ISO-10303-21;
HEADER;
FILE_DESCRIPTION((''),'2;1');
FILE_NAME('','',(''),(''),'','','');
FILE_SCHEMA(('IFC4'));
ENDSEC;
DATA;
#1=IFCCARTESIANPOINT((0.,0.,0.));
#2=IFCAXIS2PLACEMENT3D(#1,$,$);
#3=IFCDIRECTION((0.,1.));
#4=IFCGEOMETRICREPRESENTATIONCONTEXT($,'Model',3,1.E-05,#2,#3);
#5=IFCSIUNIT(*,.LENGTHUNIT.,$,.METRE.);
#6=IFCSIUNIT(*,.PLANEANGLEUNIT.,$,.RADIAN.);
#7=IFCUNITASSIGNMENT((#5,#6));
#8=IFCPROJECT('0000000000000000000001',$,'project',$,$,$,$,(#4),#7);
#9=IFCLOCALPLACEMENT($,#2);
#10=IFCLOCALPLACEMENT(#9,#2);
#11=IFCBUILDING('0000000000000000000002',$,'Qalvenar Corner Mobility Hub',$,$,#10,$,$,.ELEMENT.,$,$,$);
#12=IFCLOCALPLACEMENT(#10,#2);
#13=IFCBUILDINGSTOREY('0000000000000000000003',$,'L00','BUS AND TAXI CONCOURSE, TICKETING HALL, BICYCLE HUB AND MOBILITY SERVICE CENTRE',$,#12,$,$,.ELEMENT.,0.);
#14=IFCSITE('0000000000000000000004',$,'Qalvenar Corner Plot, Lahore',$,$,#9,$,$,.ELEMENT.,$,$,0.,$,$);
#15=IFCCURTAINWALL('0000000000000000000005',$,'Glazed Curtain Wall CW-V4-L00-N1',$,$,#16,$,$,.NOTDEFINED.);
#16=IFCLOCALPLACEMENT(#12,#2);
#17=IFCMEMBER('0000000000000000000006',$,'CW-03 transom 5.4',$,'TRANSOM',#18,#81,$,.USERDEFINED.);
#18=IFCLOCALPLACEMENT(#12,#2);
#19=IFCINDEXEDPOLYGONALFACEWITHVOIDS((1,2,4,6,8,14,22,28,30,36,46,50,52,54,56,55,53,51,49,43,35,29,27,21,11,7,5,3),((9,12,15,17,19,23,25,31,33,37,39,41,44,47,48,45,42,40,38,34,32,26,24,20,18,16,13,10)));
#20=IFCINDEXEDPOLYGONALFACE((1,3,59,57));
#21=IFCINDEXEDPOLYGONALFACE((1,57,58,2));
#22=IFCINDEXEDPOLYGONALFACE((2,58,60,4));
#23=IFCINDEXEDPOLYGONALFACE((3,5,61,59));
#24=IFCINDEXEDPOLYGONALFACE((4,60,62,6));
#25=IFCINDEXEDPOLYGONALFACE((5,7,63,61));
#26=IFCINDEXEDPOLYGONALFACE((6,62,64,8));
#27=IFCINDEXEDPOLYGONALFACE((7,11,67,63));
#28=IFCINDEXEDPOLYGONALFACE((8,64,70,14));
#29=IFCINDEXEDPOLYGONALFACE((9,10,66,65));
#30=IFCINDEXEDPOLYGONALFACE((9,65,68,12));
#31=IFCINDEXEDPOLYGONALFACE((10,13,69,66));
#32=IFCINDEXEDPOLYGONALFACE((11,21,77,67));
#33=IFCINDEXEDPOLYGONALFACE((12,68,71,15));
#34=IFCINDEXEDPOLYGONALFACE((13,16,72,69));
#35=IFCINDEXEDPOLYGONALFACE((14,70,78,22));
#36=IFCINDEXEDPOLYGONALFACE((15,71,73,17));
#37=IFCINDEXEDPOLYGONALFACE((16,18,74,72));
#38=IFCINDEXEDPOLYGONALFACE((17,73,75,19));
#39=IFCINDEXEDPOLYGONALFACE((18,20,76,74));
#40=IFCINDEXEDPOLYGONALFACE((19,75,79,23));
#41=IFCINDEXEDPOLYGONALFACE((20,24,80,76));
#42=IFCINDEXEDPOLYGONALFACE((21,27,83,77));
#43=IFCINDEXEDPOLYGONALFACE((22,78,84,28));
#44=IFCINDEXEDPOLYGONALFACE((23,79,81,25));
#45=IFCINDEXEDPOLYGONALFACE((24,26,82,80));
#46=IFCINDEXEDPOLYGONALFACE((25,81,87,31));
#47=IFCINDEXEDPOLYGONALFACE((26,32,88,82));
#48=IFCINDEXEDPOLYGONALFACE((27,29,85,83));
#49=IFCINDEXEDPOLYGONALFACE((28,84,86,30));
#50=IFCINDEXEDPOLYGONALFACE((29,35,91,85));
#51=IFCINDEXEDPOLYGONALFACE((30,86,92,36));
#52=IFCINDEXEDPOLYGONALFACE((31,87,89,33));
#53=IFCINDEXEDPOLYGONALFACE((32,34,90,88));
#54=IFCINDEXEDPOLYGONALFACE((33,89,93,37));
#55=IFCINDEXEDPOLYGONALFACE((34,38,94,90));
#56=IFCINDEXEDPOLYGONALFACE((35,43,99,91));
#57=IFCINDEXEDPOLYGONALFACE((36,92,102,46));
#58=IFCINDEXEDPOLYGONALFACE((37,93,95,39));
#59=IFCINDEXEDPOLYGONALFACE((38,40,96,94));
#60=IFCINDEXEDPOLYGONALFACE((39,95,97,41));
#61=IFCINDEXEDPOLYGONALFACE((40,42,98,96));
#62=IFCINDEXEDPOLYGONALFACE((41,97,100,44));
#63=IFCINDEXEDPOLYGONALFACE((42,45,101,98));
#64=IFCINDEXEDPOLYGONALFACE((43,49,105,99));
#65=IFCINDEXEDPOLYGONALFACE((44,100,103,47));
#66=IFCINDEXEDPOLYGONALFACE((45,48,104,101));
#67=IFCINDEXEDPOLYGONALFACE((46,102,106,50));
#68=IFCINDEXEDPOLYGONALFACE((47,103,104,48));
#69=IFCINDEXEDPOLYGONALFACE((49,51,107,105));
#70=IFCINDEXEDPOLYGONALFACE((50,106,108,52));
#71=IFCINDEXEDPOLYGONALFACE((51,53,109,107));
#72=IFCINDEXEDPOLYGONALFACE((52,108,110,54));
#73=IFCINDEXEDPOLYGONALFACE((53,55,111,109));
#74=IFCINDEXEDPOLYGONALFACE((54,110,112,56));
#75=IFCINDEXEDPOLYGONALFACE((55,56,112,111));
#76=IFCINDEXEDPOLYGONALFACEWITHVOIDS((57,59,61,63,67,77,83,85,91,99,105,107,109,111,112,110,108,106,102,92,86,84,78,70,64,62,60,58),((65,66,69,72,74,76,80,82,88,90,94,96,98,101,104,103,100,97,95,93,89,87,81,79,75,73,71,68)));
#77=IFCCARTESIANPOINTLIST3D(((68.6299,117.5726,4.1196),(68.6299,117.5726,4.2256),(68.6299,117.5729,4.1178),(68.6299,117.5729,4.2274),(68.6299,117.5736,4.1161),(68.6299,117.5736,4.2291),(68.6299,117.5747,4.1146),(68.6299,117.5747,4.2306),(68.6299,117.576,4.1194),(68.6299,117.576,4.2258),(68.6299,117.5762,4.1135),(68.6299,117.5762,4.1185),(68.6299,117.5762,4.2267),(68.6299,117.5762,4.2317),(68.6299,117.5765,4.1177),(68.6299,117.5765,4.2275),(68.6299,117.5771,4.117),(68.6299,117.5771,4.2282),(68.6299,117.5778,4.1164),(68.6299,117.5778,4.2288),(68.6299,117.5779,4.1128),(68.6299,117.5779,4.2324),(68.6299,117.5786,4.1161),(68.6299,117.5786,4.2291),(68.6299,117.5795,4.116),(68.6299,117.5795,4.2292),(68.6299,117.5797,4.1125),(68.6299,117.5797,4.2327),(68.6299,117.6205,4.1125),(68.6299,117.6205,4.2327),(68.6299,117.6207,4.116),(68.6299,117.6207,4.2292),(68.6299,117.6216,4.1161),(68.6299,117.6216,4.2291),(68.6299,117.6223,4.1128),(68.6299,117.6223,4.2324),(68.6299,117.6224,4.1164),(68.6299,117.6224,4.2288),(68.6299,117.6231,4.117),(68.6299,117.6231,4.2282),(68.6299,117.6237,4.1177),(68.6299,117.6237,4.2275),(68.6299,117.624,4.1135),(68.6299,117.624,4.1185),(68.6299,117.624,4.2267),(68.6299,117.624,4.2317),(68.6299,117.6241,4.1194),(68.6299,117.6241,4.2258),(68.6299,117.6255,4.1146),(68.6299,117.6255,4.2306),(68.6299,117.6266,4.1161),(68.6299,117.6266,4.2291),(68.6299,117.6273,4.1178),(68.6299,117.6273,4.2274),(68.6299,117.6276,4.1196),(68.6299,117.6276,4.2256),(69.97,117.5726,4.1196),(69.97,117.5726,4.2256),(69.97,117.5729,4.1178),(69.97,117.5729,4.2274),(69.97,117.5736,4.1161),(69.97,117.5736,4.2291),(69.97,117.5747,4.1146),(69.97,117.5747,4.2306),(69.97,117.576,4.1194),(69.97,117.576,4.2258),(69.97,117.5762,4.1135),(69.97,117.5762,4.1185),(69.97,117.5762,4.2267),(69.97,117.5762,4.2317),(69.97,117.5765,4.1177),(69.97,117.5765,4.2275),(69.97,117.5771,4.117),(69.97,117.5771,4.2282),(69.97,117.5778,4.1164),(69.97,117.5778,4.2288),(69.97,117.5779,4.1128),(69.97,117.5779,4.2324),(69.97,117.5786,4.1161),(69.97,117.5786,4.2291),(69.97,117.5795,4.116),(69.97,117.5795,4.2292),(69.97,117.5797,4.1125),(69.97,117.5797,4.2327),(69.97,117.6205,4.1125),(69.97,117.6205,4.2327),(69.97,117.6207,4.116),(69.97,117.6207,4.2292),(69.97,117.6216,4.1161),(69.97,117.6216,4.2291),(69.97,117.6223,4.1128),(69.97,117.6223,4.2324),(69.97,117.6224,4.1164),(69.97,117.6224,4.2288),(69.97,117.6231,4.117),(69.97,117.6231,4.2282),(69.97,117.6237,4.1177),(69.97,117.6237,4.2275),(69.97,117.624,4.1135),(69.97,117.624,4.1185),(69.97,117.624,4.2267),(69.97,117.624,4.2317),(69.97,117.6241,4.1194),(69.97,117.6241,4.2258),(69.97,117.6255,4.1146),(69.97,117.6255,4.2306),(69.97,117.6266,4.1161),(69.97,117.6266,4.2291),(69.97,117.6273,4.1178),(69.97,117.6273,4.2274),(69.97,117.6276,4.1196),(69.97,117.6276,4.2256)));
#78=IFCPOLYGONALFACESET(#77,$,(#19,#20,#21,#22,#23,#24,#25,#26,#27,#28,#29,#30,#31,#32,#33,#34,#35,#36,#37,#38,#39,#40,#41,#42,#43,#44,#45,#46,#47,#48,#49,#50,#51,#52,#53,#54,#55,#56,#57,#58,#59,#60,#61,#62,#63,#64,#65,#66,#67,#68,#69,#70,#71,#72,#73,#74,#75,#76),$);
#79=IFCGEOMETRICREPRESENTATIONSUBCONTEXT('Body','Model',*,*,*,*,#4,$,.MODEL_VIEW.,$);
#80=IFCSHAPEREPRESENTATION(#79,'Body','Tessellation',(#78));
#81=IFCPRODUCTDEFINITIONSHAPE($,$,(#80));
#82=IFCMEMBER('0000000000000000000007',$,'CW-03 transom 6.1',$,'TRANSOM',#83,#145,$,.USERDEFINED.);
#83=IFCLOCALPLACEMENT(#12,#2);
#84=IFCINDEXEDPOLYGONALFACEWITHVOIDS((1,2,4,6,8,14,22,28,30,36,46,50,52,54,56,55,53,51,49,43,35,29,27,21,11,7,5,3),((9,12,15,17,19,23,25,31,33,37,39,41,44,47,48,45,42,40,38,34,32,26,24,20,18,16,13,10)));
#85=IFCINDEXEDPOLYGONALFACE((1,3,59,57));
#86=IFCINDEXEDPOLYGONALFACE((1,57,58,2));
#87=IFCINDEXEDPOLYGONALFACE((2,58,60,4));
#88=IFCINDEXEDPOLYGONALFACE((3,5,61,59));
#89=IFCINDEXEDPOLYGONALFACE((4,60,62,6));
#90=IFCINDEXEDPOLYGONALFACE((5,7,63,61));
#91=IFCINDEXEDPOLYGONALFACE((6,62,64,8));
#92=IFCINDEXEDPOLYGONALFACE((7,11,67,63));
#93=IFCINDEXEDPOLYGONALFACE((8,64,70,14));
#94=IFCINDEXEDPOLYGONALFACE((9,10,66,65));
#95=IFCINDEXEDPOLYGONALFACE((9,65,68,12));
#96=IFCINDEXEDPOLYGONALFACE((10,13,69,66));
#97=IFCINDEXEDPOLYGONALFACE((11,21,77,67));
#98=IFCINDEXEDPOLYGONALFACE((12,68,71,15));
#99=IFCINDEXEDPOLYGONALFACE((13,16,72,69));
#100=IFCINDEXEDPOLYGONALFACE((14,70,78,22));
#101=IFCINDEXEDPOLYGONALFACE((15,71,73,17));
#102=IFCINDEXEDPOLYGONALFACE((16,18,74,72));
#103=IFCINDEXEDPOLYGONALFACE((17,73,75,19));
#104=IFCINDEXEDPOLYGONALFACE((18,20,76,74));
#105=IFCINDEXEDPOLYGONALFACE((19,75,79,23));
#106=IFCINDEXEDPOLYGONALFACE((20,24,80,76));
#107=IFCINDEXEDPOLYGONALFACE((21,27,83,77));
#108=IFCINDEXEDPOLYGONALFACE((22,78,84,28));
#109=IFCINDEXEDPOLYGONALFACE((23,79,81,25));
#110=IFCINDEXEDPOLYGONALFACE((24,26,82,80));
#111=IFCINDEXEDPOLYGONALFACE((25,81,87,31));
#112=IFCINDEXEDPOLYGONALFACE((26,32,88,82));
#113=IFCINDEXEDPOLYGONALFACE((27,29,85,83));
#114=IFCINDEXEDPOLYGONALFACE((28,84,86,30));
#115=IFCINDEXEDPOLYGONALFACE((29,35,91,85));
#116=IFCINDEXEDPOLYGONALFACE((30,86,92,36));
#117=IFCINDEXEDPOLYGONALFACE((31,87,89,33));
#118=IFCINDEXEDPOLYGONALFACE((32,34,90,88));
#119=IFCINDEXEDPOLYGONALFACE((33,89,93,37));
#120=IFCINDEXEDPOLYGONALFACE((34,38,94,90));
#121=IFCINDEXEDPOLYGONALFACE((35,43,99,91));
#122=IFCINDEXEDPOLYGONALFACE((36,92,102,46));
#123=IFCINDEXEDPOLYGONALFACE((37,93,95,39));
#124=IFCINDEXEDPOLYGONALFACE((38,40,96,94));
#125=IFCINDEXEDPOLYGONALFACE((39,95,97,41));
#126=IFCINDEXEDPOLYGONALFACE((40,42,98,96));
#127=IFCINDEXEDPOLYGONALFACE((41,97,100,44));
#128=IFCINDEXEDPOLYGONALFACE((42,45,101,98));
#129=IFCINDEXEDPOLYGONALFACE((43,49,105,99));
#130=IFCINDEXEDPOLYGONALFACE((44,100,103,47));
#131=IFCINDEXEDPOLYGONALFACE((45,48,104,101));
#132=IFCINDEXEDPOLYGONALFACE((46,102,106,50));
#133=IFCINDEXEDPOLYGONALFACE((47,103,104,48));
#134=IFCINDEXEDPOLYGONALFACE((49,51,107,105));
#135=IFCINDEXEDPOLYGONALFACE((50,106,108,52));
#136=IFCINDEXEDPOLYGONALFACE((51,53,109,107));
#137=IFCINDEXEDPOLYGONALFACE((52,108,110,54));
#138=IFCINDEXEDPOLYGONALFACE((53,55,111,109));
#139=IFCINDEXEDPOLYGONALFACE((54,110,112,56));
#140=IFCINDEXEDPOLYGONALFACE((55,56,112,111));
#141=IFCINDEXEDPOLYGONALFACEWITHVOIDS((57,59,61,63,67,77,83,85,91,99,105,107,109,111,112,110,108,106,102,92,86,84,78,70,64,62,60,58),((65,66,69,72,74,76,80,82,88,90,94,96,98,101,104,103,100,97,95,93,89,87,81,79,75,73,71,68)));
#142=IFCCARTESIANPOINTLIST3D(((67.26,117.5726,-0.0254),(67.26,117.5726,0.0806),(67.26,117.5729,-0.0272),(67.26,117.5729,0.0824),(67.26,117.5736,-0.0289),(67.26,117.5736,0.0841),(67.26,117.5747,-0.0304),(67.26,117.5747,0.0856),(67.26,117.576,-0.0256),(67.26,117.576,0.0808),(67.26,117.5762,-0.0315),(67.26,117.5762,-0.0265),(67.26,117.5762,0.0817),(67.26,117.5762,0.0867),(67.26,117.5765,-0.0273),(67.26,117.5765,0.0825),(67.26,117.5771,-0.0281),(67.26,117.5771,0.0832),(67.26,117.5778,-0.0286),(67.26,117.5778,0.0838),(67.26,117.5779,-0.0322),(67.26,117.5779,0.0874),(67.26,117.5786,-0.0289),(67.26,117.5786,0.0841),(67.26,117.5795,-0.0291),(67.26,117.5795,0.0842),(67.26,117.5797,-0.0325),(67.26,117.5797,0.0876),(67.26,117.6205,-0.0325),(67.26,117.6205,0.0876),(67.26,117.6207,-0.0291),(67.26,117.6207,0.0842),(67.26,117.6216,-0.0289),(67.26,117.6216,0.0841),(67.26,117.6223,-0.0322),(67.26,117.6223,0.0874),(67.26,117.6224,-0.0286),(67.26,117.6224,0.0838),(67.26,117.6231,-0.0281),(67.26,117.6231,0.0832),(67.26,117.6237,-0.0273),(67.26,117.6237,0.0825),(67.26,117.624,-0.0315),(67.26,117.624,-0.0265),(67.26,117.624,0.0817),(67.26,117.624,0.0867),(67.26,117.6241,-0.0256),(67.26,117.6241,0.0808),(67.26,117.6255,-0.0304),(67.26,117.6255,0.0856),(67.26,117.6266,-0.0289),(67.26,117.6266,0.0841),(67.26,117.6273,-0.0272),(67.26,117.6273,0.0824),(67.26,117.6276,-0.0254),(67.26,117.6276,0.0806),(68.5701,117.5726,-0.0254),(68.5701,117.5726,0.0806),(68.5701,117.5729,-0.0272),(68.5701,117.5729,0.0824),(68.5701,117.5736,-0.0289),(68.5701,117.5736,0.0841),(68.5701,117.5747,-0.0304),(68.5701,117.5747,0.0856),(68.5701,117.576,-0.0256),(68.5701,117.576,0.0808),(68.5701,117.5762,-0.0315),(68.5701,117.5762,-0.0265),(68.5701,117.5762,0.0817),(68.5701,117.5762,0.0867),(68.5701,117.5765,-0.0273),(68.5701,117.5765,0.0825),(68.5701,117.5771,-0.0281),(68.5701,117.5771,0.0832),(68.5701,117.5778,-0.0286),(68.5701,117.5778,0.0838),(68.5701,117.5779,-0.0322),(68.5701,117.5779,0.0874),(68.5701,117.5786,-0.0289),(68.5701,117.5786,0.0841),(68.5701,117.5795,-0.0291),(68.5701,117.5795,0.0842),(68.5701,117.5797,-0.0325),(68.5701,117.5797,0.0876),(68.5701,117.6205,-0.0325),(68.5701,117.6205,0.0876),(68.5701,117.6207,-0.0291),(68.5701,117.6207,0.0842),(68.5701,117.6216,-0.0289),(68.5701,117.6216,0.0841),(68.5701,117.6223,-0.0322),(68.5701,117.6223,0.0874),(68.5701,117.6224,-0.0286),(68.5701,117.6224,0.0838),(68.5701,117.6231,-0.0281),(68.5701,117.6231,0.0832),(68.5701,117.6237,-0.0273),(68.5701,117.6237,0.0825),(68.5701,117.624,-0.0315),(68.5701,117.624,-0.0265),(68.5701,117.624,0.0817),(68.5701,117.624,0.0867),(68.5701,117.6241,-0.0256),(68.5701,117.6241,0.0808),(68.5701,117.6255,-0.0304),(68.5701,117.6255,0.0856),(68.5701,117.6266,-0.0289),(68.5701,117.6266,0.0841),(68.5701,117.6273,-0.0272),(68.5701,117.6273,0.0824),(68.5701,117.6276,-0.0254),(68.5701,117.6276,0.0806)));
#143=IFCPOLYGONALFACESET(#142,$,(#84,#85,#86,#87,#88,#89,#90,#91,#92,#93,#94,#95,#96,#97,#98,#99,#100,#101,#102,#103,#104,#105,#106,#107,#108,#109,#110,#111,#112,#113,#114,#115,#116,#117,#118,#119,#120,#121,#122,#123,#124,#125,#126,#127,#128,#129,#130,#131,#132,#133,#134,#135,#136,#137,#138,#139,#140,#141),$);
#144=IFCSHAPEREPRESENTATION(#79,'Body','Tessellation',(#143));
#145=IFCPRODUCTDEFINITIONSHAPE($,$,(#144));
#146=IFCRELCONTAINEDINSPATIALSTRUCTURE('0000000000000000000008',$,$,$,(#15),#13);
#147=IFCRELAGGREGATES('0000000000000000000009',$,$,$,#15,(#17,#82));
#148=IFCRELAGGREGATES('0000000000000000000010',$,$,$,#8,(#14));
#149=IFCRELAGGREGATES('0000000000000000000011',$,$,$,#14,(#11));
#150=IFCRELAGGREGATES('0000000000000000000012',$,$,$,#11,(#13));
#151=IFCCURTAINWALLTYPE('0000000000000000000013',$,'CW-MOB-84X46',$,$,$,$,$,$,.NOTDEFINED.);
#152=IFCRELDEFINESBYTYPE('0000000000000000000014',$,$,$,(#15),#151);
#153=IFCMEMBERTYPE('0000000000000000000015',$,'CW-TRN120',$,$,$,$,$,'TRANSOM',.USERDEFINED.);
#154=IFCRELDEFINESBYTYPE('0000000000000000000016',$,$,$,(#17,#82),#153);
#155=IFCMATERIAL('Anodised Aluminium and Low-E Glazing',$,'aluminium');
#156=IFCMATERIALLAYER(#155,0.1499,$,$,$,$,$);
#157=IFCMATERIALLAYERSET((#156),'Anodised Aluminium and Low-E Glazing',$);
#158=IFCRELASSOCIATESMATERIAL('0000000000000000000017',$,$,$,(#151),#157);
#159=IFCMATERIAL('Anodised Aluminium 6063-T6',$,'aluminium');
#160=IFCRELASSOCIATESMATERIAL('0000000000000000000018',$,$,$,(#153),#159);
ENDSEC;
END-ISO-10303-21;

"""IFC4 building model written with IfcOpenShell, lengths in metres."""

from ifc_helpers import new_model, si_unit, direction, frame, origin, origin_2d, place, context, subcontext, project, spatial, hollow_rectangle, extrude, material, layer, layer_set, material_profile, profile_set, type_object, element, aggregate, save


model = new_model("IFC4")

# Units and contexts
model_context = context("Model", 3, precision=1e-05, world=origin(), true_north=direction((0.0, 1.0)))
body_context = subcontext(model_context, "Body", "Model", "MODEL_VIEW")
ifc_project = project(units=[si_unit("LENGTHUNIT", "METRE"), si_unit("PLANEANGLEUNIT", "RADIAN")], contexts=[model_context])

# Site, building, storey
site_placement = place(None, origin())
site = spatial("IfcSite", under=ifc_project, at=site_placement, Name="Qalvenar Corner Plot, Lahore", CompositionType="ELEMENT", RefElevation=0.0)
building_placement = place(site_placement, origin())
building = spatial("IfcBuilding", under=site, at=building_placement, Name="Qalvenar Corner Mobility Hub", CompositionType="ELEMENT")
storey_placement = place(building_placement, origin())
storey = spatial("IfcBuildingStorey", under=building, at=storey_placement, Name="L00", Description="BUS AND TAXI CONCOURSE, TICKETING HALL, BICYCLE HUB AND MOBILITY SERVICE CENTRE", CompositionType="ELEMENT", Elevation=0.0)

# Curtain wall, members
ifc_material_1 = material(Name="Anodised Aluminium and Low-E Glazing", Category="aluminium")
ifc_layer_1 = layer(ifc_material_1, 0.1499)
ifc_layer_set_1 = layer_set([ifc_layer_1], Name="Anodised Aluminium and Low-E Glazing")
curtain_wall_type = type_object("IfcCurtainWallType", Name="CW-MOB-84X46", PredefinedType="NOTDEFINED", material=ifc_layer_set_1)
curtain_wall_placement = place(storey_placement, origin())
curtain_wall = element("IfcCurtainWall", 1, at=curtain_wall_placement, inside=storey, type_object=curtain_wall_type, Name="Glazed Curtain Wall CW-V4-L00-N1", PredefinedType="NOTDEFINED")
ifc_material_2 = material(Name="Anodised Aluminium 6063-T6", Category="aluminium")
ifc_material_profile_1 = material_profile(ifc_material_2, hollow_rectangle(XDim=0.0549, YDim=0.1201, WallThickness=0.0034, InnerFilletRadius=0.0034, OuterFilletRadius=0.0071, at=origin_2d()), Name="RHS120x55x3.5")
ifc_profile_set_1 = profile_set([ifc_material_profile_1], Name="Anodised Aluminium 6063-T6")
member_type_1 = type_object("IfcMemberType", Name="CW-TRN120", ElementType="TRANSOM", PredefinedType="USERDEFINED", material=ifc_profile_set_1)
member_1_placement = place(storey_placement, frame((69.97, 117.6001, 4.1726), z_axis=(-1.0, 0.0, 0.0), x_axis=(0.0, -1.0, 0.0)))
member_1 = element("IfcMember", 2, at=member_1_placement, type_object=member_type_1, Name="CW-03 transom 5.4", ObjectType="TRANSOM", PredefinedType="USERDEFINED", context=body_context, shape_type="SweptSolid", body=[
    extrude(hollow_rectangle(XDim=0.0549, YDim=0.1201, WallThickness=0.0034, InnerFilletRadius=0.0034, OuterFilletRadius=0.0071, at=origin_2d()), origin(), (0.0, 0.0, 1.0), 1.3401),
])
member_2_placement = place(storey_placement, frame((68.5701, 117.6001, 0.0276), z_axis=(-1.0, 0.0, 0.0), x_axis=(0.0, -1.0, 0.0)))
member_2 = element("IfcMember", 3, at=member_2_placement, type_object=member_type_1, Name="CW-03 transom 6.1", ObjectType="TRANSOM", PredefinedType="USERDEFINED", context=body_context, shape_type="SweptSolid", body=[
    extrude(hollow_rectangle(XDim=0.0549, YDim=0.1201, WallThickness=0.0034, InnerFilletRadius=0.0034, OuterFilletRadius=0.0071, at=origin_2d()), origin(), (0.0, 0.0, 1.0), 1.3101),
])
aggregate(curtain_wall, [member_1, member_2])

save(model, "model.ifc")
